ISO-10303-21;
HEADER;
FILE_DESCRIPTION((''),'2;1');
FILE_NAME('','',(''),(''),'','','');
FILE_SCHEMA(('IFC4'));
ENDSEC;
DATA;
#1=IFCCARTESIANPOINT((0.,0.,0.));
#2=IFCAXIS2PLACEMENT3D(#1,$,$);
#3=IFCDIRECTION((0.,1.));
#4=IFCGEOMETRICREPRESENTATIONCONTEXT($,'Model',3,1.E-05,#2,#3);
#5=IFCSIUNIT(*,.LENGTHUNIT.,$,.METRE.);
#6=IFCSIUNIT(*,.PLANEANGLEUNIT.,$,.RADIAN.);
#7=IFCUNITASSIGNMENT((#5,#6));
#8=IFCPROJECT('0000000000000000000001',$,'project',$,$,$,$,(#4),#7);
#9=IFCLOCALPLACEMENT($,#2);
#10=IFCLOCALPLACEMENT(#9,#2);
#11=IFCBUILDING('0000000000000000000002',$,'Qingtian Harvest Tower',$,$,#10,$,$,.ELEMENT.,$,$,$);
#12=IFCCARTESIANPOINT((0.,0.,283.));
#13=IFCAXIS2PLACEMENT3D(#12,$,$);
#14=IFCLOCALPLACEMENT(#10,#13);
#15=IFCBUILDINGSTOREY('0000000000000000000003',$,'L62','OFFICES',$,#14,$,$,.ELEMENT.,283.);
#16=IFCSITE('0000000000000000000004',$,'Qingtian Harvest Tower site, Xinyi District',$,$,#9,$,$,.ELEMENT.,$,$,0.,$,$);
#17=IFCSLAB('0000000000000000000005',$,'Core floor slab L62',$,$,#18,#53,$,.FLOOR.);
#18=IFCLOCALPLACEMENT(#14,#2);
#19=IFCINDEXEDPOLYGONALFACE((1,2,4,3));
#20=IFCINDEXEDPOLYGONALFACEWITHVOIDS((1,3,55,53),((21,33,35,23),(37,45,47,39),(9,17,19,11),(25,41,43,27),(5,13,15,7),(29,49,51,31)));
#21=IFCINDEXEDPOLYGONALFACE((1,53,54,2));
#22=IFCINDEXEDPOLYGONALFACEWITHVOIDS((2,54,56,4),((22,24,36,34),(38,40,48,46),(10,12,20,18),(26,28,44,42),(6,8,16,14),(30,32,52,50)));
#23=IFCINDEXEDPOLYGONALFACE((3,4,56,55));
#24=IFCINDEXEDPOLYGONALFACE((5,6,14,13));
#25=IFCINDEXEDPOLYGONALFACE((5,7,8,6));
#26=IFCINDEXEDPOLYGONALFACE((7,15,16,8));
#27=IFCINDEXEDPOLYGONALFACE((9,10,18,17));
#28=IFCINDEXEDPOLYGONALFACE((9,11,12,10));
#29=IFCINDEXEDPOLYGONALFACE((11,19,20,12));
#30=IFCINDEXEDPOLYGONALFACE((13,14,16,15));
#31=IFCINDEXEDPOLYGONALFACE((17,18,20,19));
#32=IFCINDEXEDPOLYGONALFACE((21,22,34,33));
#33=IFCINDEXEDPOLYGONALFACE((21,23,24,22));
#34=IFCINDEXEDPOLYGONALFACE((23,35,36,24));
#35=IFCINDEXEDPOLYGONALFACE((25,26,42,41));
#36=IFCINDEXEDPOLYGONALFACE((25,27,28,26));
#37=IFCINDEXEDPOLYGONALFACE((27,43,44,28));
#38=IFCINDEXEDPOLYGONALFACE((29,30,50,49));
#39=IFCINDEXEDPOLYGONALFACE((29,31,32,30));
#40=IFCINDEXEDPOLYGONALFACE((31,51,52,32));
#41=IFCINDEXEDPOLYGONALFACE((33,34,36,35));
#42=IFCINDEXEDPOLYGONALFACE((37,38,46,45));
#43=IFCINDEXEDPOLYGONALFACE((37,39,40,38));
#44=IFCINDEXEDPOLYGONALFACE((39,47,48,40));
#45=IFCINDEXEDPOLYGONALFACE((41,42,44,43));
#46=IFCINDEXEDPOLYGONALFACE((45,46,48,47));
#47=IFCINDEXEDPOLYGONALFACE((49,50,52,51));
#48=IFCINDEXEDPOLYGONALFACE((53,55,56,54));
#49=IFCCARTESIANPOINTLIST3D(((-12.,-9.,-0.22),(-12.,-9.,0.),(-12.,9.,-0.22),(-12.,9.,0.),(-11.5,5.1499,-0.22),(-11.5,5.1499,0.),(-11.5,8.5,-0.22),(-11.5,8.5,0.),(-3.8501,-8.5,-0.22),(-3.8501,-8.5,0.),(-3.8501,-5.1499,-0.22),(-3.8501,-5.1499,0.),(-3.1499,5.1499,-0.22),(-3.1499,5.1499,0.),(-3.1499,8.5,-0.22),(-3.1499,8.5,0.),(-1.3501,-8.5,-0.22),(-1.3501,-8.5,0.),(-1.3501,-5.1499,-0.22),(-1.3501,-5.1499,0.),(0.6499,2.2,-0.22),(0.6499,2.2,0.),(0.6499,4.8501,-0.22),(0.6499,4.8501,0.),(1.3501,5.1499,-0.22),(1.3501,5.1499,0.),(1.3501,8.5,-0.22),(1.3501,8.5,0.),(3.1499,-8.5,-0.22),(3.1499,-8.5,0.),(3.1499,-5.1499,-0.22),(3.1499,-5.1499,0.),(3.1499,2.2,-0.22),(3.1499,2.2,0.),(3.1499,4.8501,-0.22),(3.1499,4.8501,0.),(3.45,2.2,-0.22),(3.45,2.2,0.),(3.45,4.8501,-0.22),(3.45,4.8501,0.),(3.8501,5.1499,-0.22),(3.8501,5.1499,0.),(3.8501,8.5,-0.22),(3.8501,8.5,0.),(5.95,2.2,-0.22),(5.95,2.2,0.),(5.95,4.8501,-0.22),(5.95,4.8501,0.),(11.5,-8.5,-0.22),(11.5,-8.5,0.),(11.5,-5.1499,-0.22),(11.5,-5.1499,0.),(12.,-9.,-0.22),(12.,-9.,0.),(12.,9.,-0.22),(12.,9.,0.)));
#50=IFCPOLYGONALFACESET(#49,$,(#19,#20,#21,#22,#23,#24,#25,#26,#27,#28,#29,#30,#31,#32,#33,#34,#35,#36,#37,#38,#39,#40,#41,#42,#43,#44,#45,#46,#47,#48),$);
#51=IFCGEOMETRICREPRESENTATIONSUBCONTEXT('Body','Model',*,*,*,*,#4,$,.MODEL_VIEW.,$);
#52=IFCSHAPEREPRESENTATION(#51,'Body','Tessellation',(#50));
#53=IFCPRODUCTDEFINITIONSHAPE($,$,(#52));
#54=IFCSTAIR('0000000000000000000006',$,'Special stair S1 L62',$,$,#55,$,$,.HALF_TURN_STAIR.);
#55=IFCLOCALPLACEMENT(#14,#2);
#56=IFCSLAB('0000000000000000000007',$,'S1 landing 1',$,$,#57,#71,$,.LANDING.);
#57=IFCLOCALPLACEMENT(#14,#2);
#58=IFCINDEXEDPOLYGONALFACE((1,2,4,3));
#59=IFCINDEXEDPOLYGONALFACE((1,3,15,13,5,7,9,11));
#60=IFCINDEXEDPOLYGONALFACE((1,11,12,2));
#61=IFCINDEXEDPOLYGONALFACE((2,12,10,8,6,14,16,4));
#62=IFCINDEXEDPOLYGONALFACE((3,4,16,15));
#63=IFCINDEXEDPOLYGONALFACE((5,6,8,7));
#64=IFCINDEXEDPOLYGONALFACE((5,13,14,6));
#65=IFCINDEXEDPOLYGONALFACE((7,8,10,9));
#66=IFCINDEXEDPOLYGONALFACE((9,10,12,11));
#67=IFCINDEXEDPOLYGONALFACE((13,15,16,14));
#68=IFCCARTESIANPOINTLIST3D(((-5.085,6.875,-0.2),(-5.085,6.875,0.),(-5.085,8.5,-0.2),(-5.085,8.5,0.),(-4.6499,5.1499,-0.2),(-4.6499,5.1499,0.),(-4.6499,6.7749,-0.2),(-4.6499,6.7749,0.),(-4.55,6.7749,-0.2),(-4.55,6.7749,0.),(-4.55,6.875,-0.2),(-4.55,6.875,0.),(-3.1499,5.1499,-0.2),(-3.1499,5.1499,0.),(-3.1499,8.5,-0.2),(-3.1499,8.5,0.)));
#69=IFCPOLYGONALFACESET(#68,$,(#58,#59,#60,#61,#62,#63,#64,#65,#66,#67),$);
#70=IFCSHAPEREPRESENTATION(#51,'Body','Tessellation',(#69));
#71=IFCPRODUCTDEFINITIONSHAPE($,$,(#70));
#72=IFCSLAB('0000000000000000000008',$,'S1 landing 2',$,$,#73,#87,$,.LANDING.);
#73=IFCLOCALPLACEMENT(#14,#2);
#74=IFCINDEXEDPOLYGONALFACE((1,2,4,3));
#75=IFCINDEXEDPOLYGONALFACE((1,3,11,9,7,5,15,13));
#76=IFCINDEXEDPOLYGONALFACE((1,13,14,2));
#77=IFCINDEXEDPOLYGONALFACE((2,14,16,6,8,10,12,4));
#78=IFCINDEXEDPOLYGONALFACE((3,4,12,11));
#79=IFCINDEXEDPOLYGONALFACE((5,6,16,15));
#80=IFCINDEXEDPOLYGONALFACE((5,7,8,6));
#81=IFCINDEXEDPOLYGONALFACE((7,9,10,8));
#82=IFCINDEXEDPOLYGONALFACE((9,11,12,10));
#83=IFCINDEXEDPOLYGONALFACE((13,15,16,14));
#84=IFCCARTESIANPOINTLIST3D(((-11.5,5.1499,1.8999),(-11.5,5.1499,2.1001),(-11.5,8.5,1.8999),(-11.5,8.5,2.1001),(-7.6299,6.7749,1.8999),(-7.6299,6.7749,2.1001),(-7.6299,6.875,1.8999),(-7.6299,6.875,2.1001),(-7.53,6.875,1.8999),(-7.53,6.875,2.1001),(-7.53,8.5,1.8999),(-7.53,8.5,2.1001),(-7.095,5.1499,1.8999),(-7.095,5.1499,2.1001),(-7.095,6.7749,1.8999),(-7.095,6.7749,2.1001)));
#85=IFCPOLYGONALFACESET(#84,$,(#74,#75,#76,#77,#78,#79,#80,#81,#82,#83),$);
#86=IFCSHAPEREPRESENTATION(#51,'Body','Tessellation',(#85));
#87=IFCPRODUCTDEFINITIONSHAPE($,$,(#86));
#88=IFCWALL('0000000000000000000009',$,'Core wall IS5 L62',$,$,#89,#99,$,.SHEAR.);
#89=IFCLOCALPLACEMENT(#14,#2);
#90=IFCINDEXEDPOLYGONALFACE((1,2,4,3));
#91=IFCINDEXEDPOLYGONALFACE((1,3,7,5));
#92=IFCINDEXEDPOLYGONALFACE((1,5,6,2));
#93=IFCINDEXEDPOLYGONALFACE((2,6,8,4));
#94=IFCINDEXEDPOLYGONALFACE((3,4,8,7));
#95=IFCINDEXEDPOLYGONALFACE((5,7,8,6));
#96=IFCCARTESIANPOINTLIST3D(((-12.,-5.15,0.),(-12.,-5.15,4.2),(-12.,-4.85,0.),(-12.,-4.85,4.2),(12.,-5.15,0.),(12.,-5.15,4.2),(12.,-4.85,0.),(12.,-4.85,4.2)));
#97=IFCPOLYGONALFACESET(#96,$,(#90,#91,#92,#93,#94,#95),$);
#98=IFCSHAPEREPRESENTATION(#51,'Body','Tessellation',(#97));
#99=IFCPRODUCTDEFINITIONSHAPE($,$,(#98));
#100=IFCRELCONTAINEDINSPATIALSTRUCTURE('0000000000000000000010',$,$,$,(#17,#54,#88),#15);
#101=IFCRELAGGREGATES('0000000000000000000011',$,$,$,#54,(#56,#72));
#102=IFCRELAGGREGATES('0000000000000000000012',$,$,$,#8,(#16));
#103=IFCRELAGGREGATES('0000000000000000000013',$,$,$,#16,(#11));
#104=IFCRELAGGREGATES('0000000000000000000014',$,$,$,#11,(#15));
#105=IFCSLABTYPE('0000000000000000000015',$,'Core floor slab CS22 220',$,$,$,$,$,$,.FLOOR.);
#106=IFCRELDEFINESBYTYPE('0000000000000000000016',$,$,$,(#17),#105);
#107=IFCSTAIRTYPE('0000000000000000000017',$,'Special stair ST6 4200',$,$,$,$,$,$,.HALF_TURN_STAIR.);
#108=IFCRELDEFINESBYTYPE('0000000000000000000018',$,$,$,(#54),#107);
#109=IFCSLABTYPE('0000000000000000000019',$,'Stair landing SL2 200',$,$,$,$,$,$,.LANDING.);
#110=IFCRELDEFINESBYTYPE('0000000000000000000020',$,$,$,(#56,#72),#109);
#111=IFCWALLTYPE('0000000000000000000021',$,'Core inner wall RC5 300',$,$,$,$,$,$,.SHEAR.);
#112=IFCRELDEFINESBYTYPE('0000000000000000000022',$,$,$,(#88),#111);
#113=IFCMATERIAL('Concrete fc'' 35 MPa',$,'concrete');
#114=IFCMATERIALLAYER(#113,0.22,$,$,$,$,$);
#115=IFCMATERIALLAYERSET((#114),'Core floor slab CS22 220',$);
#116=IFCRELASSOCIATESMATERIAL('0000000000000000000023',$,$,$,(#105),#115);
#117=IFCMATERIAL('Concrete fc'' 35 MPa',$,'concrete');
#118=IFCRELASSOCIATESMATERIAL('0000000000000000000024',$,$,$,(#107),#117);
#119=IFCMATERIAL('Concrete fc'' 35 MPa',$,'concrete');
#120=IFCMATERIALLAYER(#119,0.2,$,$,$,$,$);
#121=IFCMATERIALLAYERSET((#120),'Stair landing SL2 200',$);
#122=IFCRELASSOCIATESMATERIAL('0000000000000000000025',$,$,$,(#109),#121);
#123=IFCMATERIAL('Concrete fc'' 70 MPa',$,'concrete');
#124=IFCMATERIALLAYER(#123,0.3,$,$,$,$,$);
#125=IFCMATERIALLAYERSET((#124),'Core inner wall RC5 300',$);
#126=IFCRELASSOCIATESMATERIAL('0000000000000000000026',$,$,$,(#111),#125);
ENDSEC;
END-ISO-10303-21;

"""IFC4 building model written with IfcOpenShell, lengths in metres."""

from ifc_helpers import new_model, si_unit, direction, frame, frame_2d, origin, place, context, subcontext, project, spatial, polyline, rectangle, outline, extrude, material, layer, layer_set, type_object, element, aggregate, save


model = new_model("IFC4")

# Units and contexts
model_context = context("Model", 3, precision=1e-05, world=origin(), true_north=direction((0.0, 1.0)))
body_context = subcontext(model_context, "Body", "Model", "MODEL_VIEW")
ifc_project = project(units=[si_unit("LENGTHUNIT", "METRE"), si_unit("PLANEANGLEUNIT", "RADIAN")], contexts=[model_context])

# Site, building, storey
site_placement = place(None, origin())
site = spatial("IfcSite", under=ifc_project, at=site_placement, Name="Qingtian Harvest Tower site, Xinyi District", CompositionType="ELEMENT", RefElevation=0.0)
building_placement = place(site_placement, origin())
building = spatial("IfcBuilding", under=site, at=building_placement, Name="Qingtian Harvest Tower", CompositionType="ELEMENT")
storey_placement = place(building_placement, frame((0.0, 0.0, 283.0)))
storey = spatial("IfcBuildingStorey", under=building, at=storey_placement, Name="L62", Description="OFFICES", CompositionType="ELEMENT", Elevation=283.0)

# Slab
ifc_material_1 = material(Name="Concrete fc' 35 MPa", Category="concrete")
ifc_layer_1 = layer(ifc_material_1, 0.22)
ifc_layer_set_1 = layer_set([ifc_layer_1], Name="Core floor slab CS22 220")
slab_type_1 = type_object("IfcSlabType", Name="Core floor slab CS22 220", PredefinedType="FLOOR", material=ifc_layer_set_1)
slab_1_placement = place(storey_placement, frame((0.0, 0.0, -0.22)))
element("IfcSlab", 1, at=slab_1_placement, inside=storey, type_object=slab_type_1, Name="Core floor slab L62", PredefinedType="FLOOR", context=body_context, shape_type="SweptSolid", body=[
    extrude(outline(polyline([(-12.0, -9.0), (12.0, -9.0), (12.0, 9.0), (-12.0, 9.0), (-12.0, -9.0)]), holes=[polyline([(-11.5, 5.1499), (-3.1499, 5.1499), (-3.1499, 8.5), (-11.5, 8.5), (-11.5, 5.1499)]), polyline([(3.1499, -8.5), (11.5, -8.5), (11.5, -5.1499), (3.1499, -5.1499), (3.1499, -8.5)]), polyline([(1.3501, 5.1499), (3.8501, 5.1499), (3.8501, 8.5), (1.3501, 8.5), (1.3501, 5.1499)]), polyline([(-3.8501, -8.5), (-1.3501, -8.5), (-1.3501, -5.1499), (-3.8501, -5.1499), (-3.8501, -8.5)]), polyline([(0.6499, 2.2), (3.1499, 2.2), (3.1499, 4.8501), (0.6499, 4.8501), (0.6499, 2.2)]), polyline([(3.45, 2.2), (5.95, 2.2), (5.95, 4.8501), (3.45, 4.8501), (3.45, 2.2)])]), origin(), (0.0, 0.0, 1.0), 0.22),
])

# Stair, slabs
ifc_material_2 = material(Name="Concrete fc' 35 MPa", Category="concrete")
stair_type = type_object("IfcStairType", Name="Special stair ST6 4200", PredefinedType="HALF_TURN_STAIR", material=ifc_material_2)
stair_placement = place(storey_placement, origin())
stair = element("IfcStair", 2, at=stair_placement, inside=storey, type_object=stair_type, Name="Special stair S1 L62", PredefinedType="HALF_TURN_STAIR")
ifc_material_3 = material(Name="Concrete fc' 35 MPa", Category="concrete")
ifc_layer_2 = layer(ifc_material_3, 0.2)
ifc_layer_set_2 = layer_set([ifc_layer_2], Name="Stair landing SL2 200")
slab_type_2 = type_object("IfcSlabType", Name="Stair landing SL2 200", PredefinedType="LANDING", material=ifc_layer_set_2)
slab_2_placement = place(storey_placement, frame((0.0, 0.0, -0.2)))
slab_2 = element("IfcSlab", 3, at=slab_2_placement, type_object=slab_type_2, Name="S1 landing 1", PredefinedType="LANDING", context=body_context, shape_type="SweptSolid", body=[
    extrude(outline(polyline([(-4.6499, 5.1499), (-4.6499, 6.7749), (-4.55, 6.7749), (-4.55, 6.875), (-5.085, 6.875), (-5.085, 8.5), (-3.1499, 8.5), (-3.1499, 5.1499), (-4.6499, 5.1499)])), origin(), (0.0, 0.0, 1.0), 0.2),
])
slab_3_placement = place(storey_placement, frame((0.0, 0.0, 1.8999)))
slab_3 = element("IfcSlab", 4, at=slab_3_placement, type_object=slab_type_2, Name="S1 landing 2", PredefinedType="LANDING", context=body_context, shape_type="SweptSolid", body=[
    extrude(outline(polyline([(-7.095, 5.1499), (-11.5, 5.1499), (-11.5, 8.5), (-7.53, 8.5), (-7.53, 6.875), (-7.6299, 6.875), (-7.6299, 6.7749), (-7.095, 6.7749), (-7.095, 5.1499)])), origin(), (0.0, 0.0, 1.0), 0.2002),
])
aggregate(stair, [slab_2, slab_3])

# Wall
ifc_material_4 = material(Name="Concrete fc' 70 MPa", Category="concrete")
ifc_layer_3 = layer(ifc_material_4, 0.3)
ifc_layer_set_3 = layer_set([ifc_layer_3], Name="Core inner wall RC5 300")
wall_type_1 = type_object("IfcWallType", Name="Core inner wall RC5 300", PredefinedType="SHEAR", material=ifc_layer_set_3)
wall_1_placement = place(storey_placement, frame((-12.0, -5.0, 0.0), z_axis=(0.0, 0.0, 1.0), x_axis=(1.0, 0.0, 0.0)))
element("IfcWall", 5, at=wall_1_placement, inside=storey, type_object=wall_type_1, Name="Core wall IS5 L62", PredefinedType="SHEAR", context=body_context, shape_type="SweptSolid", body=[
    extrude(rectangle(XDim=24.0, YDim=0.3, at=frame_2d((12.0, 0.0))), origin(), (0.0, 0.0, 1.0), 4.2),
])

save(model, "model.ifc")
